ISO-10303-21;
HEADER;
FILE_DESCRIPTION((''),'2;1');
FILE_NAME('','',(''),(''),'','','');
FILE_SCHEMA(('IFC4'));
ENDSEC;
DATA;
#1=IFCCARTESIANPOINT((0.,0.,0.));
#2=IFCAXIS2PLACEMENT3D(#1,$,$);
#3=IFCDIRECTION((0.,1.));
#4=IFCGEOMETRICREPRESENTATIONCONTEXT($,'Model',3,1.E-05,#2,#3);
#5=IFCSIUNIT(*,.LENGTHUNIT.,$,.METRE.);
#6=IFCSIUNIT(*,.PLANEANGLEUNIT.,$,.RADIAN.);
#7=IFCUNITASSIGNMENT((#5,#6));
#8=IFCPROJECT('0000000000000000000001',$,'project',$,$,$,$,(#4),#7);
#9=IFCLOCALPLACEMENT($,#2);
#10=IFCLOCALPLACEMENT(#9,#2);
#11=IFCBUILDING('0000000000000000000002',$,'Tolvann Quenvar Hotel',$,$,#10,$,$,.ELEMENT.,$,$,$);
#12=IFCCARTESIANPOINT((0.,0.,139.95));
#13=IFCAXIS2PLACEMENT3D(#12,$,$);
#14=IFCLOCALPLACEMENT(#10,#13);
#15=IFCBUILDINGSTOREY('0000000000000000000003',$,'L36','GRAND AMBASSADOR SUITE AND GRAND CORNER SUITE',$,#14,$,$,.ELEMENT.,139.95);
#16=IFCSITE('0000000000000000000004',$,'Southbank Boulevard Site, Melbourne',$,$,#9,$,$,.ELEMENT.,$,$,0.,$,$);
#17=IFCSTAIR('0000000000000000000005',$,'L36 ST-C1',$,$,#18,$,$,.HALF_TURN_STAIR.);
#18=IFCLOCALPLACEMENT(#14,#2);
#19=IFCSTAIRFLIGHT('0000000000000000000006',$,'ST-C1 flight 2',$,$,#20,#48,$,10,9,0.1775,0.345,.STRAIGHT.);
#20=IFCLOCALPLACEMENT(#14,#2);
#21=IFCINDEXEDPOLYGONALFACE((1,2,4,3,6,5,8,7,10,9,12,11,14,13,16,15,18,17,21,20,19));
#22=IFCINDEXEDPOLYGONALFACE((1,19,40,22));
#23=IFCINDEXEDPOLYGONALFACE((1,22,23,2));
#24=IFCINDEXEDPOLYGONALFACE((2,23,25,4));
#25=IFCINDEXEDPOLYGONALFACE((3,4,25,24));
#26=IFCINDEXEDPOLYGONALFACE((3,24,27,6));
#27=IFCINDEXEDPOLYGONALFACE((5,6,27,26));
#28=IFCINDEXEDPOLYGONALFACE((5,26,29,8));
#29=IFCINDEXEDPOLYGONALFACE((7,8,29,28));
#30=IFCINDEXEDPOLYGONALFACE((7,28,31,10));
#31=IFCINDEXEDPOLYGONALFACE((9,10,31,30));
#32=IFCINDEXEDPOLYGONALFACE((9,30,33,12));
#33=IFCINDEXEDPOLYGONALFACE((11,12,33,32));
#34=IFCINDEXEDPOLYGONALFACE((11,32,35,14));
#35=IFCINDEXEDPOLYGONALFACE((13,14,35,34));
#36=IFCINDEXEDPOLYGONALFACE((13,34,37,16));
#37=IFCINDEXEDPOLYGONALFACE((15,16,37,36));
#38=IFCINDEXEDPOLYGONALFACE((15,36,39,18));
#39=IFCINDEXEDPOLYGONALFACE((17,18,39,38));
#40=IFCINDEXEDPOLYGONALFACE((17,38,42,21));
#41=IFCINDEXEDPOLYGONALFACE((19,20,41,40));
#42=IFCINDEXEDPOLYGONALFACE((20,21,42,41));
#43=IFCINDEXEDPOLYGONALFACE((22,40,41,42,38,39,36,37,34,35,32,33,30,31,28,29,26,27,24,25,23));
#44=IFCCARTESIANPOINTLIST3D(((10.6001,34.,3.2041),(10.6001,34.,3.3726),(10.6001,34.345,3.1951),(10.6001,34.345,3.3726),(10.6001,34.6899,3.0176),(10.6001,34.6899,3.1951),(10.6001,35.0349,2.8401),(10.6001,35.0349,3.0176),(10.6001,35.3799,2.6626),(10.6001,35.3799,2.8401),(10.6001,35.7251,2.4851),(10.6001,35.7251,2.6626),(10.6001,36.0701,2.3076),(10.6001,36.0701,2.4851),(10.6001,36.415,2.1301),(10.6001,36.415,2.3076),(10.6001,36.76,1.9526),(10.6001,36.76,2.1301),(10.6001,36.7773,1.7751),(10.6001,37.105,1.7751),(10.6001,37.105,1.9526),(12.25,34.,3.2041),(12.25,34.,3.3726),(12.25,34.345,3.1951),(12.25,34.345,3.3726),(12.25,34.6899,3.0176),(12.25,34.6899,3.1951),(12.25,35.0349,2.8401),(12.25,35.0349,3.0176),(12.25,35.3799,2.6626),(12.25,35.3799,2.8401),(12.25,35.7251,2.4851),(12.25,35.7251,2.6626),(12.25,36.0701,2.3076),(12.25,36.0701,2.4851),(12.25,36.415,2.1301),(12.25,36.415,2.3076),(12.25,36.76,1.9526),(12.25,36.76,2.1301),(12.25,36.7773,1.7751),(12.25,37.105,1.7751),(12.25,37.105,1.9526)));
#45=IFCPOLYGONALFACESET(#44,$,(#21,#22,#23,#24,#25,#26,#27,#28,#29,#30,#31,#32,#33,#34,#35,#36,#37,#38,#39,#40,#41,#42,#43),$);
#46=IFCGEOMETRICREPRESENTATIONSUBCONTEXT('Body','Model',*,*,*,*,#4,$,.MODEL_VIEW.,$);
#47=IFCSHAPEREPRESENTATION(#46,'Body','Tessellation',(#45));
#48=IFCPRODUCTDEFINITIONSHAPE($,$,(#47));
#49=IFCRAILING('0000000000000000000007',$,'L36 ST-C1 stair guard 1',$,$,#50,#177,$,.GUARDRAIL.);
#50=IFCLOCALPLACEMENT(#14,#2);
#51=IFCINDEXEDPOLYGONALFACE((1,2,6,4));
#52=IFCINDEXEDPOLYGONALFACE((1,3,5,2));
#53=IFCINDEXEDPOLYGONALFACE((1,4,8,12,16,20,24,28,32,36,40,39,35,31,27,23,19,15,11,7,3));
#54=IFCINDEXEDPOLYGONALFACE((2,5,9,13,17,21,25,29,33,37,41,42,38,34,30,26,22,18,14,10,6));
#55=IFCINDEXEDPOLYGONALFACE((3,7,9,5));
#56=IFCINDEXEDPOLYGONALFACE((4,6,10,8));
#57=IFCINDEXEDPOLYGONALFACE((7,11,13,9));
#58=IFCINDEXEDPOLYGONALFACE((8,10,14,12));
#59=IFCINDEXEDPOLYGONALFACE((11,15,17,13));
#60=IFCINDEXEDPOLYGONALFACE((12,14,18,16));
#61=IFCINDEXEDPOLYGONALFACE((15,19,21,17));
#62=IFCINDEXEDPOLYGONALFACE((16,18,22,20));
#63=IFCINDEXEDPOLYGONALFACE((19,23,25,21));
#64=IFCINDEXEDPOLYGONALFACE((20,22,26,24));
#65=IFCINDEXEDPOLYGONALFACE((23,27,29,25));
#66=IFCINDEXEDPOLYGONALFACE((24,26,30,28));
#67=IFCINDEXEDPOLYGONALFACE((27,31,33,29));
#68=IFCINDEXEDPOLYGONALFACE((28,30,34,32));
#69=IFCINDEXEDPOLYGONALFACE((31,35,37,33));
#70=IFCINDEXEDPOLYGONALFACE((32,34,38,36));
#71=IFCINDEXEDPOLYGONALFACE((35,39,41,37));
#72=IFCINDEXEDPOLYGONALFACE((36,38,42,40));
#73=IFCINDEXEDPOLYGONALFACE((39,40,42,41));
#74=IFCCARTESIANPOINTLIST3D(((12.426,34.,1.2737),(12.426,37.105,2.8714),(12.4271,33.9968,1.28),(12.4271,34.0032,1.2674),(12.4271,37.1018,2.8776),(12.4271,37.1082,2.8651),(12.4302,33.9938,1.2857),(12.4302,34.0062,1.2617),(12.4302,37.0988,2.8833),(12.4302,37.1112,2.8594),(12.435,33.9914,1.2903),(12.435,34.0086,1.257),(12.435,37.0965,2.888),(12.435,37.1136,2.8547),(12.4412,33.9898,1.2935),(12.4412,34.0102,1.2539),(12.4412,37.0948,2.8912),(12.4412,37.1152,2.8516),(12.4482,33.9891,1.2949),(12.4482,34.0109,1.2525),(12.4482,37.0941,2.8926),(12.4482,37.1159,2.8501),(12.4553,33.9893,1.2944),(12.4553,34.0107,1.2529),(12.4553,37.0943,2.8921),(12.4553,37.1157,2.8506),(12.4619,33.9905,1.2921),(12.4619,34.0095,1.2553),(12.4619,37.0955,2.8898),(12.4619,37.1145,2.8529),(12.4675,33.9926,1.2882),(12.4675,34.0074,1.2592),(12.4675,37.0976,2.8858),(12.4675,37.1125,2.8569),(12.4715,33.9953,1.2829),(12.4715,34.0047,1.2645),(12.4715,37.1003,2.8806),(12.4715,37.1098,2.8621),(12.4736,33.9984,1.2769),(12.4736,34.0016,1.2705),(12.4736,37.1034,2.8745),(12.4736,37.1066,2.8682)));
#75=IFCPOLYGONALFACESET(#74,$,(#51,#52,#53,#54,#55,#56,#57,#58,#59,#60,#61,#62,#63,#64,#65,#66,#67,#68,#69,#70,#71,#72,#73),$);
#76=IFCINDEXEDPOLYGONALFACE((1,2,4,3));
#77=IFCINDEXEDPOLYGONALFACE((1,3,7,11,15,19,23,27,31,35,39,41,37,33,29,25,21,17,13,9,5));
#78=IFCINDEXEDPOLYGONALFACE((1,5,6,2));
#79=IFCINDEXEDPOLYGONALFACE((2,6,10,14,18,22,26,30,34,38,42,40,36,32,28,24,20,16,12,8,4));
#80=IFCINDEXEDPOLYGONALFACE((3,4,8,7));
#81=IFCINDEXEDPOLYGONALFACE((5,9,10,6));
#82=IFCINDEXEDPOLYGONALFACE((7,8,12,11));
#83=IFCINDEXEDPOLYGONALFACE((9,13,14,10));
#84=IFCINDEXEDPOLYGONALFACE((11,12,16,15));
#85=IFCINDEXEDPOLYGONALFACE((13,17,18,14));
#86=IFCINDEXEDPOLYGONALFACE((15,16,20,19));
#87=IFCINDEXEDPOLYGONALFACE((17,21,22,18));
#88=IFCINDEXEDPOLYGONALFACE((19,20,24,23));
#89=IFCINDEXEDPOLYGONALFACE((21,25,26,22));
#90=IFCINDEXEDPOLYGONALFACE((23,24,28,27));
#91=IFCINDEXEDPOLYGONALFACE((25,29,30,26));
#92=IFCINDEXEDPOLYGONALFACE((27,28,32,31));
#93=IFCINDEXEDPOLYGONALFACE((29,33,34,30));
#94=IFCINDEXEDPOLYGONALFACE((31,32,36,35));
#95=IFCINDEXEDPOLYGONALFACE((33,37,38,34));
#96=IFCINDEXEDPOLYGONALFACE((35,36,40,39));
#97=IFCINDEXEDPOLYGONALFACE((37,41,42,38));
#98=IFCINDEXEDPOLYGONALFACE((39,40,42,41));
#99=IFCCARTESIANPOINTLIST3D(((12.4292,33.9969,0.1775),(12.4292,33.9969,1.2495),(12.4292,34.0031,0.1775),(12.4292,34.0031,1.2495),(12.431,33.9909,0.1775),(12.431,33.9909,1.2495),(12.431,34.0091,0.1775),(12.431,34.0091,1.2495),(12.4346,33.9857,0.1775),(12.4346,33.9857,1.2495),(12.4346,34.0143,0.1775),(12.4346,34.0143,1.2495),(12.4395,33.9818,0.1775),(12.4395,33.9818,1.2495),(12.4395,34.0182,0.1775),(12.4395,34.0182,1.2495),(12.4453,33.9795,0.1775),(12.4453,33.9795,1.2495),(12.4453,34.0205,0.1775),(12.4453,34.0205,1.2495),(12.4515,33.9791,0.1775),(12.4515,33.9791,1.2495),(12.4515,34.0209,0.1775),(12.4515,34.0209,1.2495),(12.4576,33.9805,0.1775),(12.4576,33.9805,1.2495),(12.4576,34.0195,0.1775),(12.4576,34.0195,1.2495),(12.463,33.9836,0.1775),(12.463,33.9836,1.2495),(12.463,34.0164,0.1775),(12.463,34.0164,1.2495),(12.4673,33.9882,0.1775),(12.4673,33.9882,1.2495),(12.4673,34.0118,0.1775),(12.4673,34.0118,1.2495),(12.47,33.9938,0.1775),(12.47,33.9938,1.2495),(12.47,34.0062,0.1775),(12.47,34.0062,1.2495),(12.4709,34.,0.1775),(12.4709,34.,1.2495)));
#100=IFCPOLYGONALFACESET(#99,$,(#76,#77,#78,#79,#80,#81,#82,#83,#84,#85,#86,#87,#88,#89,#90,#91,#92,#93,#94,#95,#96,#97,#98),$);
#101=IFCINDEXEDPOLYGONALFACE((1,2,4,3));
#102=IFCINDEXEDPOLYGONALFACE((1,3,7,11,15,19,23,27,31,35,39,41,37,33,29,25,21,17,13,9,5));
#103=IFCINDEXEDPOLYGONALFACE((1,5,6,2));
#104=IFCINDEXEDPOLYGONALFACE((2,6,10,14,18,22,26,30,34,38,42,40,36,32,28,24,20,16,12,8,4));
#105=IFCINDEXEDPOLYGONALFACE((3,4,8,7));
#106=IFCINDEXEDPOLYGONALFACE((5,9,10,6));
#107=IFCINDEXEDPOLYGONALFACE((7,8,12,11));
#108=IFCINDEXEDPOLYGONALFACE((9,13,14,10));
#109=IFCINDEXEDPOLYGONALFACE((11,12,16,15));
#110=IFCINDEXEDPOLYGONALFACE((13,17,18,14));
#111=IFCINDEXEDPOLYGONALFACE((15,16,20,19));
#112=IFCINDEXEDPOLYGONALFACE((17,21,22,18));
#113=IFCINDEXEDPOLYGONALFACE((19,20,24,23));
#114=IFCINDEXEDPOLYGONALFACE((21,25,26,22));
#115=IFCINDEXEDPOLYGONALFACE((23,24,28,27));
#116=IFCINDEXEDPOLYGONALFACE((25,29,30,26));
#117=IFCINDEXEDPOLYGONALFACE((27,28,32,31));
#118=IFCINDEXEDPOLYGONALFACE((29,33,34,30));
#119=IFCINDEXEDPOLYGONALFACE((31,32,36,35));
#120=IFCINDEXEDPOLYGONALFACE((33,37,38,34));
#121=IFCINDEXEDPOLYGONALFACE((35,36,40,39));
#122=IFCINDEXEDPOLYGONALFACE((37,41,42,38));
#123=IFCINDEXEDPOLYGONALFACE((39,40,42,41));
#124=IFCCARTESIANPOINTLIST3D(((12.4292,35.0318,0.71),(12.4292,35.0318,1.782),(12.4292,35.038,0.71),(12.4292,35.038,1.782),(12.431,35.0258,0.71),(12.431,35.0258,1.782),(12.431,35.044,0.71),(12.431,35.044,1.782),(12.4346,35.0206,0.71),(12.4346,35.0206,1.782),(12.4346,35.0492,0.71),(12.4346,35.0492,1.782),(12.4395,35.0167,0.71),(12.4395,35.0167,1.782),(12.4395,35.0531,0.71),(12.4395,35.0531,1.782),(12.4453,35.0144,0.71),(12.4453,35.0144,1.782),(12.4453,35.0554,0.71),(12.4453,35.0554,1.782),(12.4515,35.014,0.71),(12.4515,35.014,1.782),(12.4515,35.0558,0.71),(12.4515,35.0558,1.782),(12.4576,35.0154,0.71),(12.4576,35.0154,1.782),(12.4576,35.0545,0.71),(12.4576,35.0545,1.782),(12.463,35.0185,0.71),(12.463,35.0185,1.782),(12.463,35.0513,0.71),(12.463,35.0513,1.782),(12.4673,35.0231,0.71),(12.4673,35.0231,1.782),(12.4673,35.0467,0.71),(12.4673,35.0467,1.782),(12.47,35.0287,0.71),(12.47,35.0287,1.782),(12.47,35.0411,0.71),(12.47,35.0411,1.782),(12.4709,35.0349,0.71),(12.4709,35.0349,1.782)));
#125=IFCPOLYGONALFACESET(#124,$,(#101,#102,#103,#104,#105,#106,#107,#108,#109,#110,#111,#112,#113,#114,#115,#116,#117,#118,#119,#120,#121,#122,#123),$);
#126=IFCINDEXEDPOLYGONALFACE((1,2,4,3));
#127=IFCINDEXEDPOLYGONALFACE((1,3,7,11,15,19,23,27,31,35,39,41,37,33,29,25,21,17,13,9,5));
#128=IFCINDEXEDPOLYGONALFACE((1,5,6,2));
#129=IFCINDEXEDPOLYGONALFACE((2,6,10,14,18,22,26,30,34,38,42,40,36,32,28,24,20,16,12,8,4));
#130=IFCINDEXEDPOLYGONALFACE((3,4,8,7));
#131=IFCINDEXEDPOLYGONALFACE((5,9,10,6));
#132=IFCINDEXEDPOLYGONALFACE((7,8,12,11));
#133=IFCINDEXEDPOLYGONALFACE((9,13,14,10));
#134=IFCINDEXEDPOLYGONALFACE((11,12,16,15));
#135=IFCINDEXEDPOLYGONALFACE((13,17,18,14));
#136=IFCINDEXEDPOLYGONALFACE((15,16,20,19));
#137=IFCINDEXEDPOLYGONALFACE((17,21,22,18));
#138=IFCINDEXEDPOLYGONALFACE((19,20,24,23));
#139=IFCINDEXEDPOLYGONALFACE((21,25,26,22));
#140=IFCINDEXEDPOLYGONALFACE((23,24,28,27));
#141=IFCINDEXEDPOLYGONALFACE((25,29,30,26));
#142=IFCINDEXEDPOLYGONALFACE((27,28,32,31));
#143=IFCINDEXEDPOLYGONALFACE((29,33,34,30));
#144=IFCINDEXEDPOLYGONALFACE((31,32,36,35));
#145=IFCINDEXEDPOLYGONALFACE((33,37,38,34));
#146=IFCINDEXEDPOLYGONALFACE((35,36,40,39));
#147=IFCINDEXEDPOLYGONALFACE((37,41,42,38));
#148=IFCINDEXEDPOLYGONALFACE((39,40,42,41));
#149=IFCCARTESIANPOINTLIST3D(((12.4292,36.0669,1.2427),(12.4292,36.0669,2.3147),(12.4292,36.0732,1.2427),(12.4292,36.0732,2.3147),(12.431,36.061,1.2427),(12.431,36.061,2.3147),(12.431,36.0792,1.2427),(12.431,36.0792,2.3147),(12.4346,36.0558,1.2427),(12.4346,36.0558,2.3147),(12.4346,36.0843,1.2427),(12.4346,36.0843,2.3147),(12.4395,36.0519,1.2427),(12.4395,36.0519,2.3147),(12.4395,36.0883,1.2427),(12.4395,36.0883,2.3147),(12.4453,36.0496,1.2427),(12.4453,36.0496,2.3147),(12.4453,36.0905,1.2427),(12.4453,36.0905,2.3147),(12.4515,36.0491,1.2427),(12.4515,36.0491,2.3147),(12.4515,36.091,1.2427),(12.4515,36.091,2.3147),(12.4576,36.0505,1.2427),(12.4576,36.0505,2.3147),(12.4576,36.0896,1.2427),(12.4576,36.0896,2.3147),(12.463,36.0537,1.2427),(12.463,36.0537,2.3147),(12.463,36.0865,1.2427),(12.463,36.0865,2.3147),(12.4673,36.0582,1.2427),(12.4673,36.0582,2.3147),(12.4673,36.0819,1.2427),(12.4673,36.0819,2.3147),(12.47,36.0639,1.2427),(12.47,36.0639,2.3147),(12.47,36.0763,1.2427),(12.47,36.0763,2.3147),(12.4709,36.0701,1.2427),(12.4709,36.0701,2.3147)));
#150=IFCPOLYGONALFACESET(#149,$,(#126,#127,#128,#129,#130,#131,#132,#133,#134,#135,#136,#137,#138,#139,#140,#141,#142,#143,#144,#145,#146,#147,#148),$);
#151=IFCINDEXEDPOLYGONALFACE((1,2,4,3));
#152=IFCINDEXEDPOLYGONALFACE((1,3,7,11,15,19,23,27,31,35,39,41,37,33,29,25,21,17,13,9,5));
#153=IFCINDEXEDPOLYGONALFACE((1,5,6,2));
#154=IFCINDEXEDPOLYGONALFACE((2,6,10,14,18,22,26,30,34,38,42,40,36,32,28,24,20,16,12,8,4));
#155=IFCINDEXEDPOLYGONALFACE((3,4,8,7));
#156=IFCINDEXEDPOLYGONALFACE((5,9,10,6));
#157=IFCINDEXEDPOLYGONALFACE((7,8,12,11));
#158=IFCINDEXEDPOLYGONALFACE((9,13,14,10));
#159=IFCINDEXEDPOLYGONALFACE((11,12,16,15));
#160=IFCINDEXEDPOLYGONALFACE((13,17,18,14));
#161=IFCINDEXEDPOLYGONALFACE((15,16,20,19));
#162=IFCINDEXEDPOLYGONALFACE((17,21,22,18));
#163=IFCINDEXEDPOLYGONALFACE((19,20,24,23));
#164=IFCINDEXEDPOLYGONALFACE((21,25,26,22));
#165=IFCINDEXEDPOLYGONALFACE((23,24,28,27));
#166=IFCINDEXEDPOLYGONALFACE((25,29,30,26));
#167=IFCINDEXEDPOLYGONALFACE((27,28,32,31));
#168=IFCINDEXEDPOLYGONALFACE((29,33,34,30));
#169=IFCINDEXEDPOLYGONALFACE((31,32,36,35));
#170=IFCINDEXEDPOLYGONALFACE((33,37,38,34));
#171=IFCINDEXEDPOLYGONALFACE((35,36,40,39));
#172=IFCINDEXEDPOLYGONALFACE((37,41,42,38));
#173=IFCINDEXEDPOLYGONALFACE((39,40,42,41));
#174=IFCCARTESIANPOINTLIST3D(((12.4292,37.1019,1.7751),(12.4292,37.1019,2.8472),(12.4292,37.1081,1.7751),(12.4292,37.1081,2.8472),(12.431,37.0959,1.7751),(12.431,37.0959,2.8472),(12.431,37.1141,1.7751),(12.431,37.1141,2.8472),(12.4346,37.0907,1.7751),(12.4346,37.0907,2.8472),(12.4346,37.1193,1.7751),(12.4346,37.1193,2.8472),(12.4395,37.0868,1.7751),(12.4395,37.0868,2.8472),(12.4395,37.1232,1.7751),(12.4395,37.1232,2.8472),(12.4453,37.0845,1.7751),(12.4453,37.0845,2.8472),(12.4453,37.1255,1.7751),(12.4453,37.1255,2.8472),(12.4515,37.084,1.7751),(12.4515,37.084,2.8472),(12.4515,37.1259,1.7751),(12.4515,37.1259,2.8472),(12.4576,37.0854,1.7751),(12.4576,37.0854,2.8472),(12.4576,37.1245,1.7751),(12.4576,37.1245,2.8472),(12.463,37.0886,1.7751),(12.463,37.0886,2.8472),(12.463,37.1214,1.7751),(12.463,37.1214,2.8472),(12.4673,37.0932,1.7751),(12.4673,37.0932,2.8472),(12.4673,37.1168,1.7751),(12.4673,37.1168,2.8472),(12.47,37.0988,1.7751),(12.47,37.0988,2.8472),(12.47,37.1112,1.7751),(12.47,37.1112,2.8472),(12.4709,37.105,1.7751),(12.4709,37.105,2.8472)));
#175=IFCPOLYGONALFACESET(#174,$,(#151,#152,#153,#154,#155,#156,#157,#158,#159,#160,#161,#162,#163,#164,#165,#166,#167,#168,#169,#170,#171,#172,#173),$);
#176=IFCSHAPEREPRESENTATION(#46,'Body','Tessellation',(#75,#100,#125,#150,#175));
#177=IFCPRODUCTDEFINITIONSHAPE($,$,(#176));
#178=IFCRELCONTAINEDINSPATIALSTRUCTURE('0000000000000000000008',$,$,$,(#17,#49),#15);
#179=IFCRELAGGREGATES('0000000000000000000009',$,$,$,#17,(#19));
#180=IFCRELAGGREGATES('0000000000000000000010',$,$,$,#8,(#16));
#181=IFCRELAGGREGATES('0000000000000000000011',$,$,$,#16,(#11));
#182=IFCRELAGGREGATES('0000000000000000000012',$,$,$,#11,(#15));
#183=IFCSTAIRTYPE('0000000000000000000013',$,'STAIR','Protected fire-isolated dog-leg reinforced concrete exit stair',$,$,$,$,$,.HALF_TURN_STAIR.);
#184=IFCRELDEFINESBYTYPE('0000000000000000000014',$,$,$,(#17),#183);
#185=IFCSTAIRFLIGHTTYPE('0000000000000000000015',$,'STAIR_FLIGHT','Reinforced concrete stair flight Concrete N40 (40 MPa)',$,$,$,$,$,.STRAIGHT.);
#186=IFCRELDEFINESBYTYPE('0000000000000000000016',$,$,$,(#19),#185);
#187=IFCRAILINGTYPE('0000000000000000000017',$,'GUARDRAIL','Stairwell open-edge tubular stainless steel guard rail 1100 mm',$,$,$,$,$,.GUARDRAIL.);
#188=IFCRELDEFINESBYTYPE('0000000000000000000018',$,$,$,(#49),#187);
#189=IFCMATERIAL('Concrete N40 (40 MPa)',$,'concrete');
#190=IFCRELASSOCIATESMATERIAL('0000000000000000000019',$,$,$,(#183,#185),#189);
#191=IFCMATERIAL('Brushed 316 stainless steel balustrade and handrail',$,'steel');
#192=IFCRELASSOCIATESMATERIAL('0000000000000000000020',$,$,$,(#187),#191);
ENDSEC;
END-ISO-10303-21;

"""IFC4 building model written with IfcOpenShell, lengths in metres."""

from ifc_helpers import new_model, si_unit, direction, frame, origin, origin_2d, place, context, subcontext, project, spatial, polyline, circle, outline, extrude, material, type_object, element, aggregate, save


model = new_model("IFC4")

# Units and contexts
model_context = context("Model", 3, precision=1e-05, world=origin(), true_north=direction((0.0, 1.0)))
body_context = subcontext(model_context, "Body", "Model", "MODEL_VIEW")
ifc_project = project(units=[si_unit("LENGTHUNIT", "METRE"), si_unit("PLANEANGLEUNIT", "RADIAN")], contexts=[model_context])

# Site, building, storey
site_placement = place(None, origin())
site = spatial("IfcSite", under=ifc_project, at=site_placement, Name="Southbank Boulevard Site, Melbourne", CompositionType="ELEMENT", RefElevation=0.0)
building_placement = place(site_placement, origin())
building = spatial("IfcBuilding", under=site, at=building_placement, Name="Tolvann Quenvar Hotel", CompositionType="ELEMENT")
storey_placement = place(building_placement, frame((0.0, 0.0, 139.95)))
storey = spatial("IfcBuildingStorey", under=building, at=storey_placement, Name="L36", Description="GRAND AMBASSADOR SUITE AND GRAND CORNER SUITE", CompositionType="ELEMENT", Elevation=139.95)

# Shared definitions
ifc_material_1 = material(Name="Concrete N40 (40 MPa)", Category="concrete")

# Stair, stair flight
stair_type = type_object("IfcStairType", Name="STAIR", Description="Protected fire-isolated dog-leg reinforced concrete exit stair", PredefinedType="HALF_TURN_STAIR", material=ifc_material_1)
stair_placement = place(storey_placement, origin())
stair = element("IfcStair", 1, at=stair_placement, inside=storey, type_object=stair_type, Name="L36 ST-C1", PredefinedType="HALF_TURN_STAIR")
stair_flight_type = type_object("IfcStairFlightType", Name="STAIR_FLIGHT", Description="Reinforced concrete stair flight Concrete N40 (40 MPa)", PredefinedType="STRAIGHT", material=ifc_material_1)
stair_flight_1_placement = place(storey_placement, frame((11.425, 37.105, 1.7751), z_axis=(0.0, 0.0, 1.0), x_axis=(0.0, -1.0, 0.0)))
stair_flight_1 = element("IfcStairFlight", 2, at=stair_flight_1_placement, type_object=stair_flight_type, Name="ST-C1 flight 2", NumberOfRisers=10, NumberOfTreads=9, PredefinedType="STRAIGHT", RiserHeight=0.1775, TreadLength=0.345, context=body_context, shape_type="SweptSolid", body=[
    extrude(outline(polyline([(0.0, 0.0), (0.0, 0.1775), (0.345, 0.1775), (0.345, 0.355), (0.6899, 0.355), (0.6899, 0.5325), (1.0349, 0.5325), (1.0349, 0.71), (1.3799, 0.71), (1.3799, 0.8875), (1.7251, 0.8875), (1.7251, 1.0649), (2.0701, 1.0649), (2.0701, 1.2424), (2.415, 1.2424), (2.415, 1.4199), (2.76, 1.4199), (2.76, 1.5974), (3.105, 1.5974), (3.105, 1.7749), (3.105, 1.429), (0.3276, 0.0), (0.0, 0.0)])), frame((0.0, 0.825, 0.0), z_axis=(0.0, -1.0, 0.0), x_axis=(1.0, 0.0, 0.0)), (0.0, 0.0, 1.0), 1.6499),
])
aggregate(stair, [stair_flight_1])

# Railing
ifc_material_2 = material(Name="Brushed 316 stainless steel balustrade and handrail", Category="steel")
railing_type_1 = type_object("IfcRailingType", Name="GUARDRAIL", Description="Stairwell open-edge tubular stainless steel guard rail 1100 mm", PredefinedType="GUARDRAIL", material=ifc_material_2)
railing_1_placement = place(storey_placement, frame((12.45, 34.0, 0.1775)))
element("IfcRailing", 3, at=railing_1_placement, inside=storey, type_object=railing_type_1, Name="L36 ST-C1 stair guard 1", PredefinedType="GUARDRAIL", context=body_context, shape_type="SweptSolid", body=[
    extrude(circle(Radius=0.0239, at=origin_2d()), frame((0.0, 0.0, 1.0962), z_axis=(0.0, 0.889194, 0.457531), x_axis=(-1.0, 0.0, 0.0)), (0.0, 0.0, 1.0), 3.4919),
    extrude(circle(Radius=0.021, at=origin_2d()), origin(), (0.0, 0.0, 1.0), 1.072),
    extrude(circle(Radius=0.021, at=origin_2d()), frame((0.0, 1.0349, 0.5325)), (0.0, 0.0, 1.0), 1.072),
    extrude(circle(Radius=0.021, at=origin_2d()), frame((0.0, 2.0701, 1.0652)), (0.0, 0.0, 1.0), 1.072),
    extrude(circle(Radius=0.021, at=origin_2d()), frame((0.0, 3.105, 1.5977)), (0.0, 0.0, 1.0), 1.072),
])

save(model, "model.ifc")
